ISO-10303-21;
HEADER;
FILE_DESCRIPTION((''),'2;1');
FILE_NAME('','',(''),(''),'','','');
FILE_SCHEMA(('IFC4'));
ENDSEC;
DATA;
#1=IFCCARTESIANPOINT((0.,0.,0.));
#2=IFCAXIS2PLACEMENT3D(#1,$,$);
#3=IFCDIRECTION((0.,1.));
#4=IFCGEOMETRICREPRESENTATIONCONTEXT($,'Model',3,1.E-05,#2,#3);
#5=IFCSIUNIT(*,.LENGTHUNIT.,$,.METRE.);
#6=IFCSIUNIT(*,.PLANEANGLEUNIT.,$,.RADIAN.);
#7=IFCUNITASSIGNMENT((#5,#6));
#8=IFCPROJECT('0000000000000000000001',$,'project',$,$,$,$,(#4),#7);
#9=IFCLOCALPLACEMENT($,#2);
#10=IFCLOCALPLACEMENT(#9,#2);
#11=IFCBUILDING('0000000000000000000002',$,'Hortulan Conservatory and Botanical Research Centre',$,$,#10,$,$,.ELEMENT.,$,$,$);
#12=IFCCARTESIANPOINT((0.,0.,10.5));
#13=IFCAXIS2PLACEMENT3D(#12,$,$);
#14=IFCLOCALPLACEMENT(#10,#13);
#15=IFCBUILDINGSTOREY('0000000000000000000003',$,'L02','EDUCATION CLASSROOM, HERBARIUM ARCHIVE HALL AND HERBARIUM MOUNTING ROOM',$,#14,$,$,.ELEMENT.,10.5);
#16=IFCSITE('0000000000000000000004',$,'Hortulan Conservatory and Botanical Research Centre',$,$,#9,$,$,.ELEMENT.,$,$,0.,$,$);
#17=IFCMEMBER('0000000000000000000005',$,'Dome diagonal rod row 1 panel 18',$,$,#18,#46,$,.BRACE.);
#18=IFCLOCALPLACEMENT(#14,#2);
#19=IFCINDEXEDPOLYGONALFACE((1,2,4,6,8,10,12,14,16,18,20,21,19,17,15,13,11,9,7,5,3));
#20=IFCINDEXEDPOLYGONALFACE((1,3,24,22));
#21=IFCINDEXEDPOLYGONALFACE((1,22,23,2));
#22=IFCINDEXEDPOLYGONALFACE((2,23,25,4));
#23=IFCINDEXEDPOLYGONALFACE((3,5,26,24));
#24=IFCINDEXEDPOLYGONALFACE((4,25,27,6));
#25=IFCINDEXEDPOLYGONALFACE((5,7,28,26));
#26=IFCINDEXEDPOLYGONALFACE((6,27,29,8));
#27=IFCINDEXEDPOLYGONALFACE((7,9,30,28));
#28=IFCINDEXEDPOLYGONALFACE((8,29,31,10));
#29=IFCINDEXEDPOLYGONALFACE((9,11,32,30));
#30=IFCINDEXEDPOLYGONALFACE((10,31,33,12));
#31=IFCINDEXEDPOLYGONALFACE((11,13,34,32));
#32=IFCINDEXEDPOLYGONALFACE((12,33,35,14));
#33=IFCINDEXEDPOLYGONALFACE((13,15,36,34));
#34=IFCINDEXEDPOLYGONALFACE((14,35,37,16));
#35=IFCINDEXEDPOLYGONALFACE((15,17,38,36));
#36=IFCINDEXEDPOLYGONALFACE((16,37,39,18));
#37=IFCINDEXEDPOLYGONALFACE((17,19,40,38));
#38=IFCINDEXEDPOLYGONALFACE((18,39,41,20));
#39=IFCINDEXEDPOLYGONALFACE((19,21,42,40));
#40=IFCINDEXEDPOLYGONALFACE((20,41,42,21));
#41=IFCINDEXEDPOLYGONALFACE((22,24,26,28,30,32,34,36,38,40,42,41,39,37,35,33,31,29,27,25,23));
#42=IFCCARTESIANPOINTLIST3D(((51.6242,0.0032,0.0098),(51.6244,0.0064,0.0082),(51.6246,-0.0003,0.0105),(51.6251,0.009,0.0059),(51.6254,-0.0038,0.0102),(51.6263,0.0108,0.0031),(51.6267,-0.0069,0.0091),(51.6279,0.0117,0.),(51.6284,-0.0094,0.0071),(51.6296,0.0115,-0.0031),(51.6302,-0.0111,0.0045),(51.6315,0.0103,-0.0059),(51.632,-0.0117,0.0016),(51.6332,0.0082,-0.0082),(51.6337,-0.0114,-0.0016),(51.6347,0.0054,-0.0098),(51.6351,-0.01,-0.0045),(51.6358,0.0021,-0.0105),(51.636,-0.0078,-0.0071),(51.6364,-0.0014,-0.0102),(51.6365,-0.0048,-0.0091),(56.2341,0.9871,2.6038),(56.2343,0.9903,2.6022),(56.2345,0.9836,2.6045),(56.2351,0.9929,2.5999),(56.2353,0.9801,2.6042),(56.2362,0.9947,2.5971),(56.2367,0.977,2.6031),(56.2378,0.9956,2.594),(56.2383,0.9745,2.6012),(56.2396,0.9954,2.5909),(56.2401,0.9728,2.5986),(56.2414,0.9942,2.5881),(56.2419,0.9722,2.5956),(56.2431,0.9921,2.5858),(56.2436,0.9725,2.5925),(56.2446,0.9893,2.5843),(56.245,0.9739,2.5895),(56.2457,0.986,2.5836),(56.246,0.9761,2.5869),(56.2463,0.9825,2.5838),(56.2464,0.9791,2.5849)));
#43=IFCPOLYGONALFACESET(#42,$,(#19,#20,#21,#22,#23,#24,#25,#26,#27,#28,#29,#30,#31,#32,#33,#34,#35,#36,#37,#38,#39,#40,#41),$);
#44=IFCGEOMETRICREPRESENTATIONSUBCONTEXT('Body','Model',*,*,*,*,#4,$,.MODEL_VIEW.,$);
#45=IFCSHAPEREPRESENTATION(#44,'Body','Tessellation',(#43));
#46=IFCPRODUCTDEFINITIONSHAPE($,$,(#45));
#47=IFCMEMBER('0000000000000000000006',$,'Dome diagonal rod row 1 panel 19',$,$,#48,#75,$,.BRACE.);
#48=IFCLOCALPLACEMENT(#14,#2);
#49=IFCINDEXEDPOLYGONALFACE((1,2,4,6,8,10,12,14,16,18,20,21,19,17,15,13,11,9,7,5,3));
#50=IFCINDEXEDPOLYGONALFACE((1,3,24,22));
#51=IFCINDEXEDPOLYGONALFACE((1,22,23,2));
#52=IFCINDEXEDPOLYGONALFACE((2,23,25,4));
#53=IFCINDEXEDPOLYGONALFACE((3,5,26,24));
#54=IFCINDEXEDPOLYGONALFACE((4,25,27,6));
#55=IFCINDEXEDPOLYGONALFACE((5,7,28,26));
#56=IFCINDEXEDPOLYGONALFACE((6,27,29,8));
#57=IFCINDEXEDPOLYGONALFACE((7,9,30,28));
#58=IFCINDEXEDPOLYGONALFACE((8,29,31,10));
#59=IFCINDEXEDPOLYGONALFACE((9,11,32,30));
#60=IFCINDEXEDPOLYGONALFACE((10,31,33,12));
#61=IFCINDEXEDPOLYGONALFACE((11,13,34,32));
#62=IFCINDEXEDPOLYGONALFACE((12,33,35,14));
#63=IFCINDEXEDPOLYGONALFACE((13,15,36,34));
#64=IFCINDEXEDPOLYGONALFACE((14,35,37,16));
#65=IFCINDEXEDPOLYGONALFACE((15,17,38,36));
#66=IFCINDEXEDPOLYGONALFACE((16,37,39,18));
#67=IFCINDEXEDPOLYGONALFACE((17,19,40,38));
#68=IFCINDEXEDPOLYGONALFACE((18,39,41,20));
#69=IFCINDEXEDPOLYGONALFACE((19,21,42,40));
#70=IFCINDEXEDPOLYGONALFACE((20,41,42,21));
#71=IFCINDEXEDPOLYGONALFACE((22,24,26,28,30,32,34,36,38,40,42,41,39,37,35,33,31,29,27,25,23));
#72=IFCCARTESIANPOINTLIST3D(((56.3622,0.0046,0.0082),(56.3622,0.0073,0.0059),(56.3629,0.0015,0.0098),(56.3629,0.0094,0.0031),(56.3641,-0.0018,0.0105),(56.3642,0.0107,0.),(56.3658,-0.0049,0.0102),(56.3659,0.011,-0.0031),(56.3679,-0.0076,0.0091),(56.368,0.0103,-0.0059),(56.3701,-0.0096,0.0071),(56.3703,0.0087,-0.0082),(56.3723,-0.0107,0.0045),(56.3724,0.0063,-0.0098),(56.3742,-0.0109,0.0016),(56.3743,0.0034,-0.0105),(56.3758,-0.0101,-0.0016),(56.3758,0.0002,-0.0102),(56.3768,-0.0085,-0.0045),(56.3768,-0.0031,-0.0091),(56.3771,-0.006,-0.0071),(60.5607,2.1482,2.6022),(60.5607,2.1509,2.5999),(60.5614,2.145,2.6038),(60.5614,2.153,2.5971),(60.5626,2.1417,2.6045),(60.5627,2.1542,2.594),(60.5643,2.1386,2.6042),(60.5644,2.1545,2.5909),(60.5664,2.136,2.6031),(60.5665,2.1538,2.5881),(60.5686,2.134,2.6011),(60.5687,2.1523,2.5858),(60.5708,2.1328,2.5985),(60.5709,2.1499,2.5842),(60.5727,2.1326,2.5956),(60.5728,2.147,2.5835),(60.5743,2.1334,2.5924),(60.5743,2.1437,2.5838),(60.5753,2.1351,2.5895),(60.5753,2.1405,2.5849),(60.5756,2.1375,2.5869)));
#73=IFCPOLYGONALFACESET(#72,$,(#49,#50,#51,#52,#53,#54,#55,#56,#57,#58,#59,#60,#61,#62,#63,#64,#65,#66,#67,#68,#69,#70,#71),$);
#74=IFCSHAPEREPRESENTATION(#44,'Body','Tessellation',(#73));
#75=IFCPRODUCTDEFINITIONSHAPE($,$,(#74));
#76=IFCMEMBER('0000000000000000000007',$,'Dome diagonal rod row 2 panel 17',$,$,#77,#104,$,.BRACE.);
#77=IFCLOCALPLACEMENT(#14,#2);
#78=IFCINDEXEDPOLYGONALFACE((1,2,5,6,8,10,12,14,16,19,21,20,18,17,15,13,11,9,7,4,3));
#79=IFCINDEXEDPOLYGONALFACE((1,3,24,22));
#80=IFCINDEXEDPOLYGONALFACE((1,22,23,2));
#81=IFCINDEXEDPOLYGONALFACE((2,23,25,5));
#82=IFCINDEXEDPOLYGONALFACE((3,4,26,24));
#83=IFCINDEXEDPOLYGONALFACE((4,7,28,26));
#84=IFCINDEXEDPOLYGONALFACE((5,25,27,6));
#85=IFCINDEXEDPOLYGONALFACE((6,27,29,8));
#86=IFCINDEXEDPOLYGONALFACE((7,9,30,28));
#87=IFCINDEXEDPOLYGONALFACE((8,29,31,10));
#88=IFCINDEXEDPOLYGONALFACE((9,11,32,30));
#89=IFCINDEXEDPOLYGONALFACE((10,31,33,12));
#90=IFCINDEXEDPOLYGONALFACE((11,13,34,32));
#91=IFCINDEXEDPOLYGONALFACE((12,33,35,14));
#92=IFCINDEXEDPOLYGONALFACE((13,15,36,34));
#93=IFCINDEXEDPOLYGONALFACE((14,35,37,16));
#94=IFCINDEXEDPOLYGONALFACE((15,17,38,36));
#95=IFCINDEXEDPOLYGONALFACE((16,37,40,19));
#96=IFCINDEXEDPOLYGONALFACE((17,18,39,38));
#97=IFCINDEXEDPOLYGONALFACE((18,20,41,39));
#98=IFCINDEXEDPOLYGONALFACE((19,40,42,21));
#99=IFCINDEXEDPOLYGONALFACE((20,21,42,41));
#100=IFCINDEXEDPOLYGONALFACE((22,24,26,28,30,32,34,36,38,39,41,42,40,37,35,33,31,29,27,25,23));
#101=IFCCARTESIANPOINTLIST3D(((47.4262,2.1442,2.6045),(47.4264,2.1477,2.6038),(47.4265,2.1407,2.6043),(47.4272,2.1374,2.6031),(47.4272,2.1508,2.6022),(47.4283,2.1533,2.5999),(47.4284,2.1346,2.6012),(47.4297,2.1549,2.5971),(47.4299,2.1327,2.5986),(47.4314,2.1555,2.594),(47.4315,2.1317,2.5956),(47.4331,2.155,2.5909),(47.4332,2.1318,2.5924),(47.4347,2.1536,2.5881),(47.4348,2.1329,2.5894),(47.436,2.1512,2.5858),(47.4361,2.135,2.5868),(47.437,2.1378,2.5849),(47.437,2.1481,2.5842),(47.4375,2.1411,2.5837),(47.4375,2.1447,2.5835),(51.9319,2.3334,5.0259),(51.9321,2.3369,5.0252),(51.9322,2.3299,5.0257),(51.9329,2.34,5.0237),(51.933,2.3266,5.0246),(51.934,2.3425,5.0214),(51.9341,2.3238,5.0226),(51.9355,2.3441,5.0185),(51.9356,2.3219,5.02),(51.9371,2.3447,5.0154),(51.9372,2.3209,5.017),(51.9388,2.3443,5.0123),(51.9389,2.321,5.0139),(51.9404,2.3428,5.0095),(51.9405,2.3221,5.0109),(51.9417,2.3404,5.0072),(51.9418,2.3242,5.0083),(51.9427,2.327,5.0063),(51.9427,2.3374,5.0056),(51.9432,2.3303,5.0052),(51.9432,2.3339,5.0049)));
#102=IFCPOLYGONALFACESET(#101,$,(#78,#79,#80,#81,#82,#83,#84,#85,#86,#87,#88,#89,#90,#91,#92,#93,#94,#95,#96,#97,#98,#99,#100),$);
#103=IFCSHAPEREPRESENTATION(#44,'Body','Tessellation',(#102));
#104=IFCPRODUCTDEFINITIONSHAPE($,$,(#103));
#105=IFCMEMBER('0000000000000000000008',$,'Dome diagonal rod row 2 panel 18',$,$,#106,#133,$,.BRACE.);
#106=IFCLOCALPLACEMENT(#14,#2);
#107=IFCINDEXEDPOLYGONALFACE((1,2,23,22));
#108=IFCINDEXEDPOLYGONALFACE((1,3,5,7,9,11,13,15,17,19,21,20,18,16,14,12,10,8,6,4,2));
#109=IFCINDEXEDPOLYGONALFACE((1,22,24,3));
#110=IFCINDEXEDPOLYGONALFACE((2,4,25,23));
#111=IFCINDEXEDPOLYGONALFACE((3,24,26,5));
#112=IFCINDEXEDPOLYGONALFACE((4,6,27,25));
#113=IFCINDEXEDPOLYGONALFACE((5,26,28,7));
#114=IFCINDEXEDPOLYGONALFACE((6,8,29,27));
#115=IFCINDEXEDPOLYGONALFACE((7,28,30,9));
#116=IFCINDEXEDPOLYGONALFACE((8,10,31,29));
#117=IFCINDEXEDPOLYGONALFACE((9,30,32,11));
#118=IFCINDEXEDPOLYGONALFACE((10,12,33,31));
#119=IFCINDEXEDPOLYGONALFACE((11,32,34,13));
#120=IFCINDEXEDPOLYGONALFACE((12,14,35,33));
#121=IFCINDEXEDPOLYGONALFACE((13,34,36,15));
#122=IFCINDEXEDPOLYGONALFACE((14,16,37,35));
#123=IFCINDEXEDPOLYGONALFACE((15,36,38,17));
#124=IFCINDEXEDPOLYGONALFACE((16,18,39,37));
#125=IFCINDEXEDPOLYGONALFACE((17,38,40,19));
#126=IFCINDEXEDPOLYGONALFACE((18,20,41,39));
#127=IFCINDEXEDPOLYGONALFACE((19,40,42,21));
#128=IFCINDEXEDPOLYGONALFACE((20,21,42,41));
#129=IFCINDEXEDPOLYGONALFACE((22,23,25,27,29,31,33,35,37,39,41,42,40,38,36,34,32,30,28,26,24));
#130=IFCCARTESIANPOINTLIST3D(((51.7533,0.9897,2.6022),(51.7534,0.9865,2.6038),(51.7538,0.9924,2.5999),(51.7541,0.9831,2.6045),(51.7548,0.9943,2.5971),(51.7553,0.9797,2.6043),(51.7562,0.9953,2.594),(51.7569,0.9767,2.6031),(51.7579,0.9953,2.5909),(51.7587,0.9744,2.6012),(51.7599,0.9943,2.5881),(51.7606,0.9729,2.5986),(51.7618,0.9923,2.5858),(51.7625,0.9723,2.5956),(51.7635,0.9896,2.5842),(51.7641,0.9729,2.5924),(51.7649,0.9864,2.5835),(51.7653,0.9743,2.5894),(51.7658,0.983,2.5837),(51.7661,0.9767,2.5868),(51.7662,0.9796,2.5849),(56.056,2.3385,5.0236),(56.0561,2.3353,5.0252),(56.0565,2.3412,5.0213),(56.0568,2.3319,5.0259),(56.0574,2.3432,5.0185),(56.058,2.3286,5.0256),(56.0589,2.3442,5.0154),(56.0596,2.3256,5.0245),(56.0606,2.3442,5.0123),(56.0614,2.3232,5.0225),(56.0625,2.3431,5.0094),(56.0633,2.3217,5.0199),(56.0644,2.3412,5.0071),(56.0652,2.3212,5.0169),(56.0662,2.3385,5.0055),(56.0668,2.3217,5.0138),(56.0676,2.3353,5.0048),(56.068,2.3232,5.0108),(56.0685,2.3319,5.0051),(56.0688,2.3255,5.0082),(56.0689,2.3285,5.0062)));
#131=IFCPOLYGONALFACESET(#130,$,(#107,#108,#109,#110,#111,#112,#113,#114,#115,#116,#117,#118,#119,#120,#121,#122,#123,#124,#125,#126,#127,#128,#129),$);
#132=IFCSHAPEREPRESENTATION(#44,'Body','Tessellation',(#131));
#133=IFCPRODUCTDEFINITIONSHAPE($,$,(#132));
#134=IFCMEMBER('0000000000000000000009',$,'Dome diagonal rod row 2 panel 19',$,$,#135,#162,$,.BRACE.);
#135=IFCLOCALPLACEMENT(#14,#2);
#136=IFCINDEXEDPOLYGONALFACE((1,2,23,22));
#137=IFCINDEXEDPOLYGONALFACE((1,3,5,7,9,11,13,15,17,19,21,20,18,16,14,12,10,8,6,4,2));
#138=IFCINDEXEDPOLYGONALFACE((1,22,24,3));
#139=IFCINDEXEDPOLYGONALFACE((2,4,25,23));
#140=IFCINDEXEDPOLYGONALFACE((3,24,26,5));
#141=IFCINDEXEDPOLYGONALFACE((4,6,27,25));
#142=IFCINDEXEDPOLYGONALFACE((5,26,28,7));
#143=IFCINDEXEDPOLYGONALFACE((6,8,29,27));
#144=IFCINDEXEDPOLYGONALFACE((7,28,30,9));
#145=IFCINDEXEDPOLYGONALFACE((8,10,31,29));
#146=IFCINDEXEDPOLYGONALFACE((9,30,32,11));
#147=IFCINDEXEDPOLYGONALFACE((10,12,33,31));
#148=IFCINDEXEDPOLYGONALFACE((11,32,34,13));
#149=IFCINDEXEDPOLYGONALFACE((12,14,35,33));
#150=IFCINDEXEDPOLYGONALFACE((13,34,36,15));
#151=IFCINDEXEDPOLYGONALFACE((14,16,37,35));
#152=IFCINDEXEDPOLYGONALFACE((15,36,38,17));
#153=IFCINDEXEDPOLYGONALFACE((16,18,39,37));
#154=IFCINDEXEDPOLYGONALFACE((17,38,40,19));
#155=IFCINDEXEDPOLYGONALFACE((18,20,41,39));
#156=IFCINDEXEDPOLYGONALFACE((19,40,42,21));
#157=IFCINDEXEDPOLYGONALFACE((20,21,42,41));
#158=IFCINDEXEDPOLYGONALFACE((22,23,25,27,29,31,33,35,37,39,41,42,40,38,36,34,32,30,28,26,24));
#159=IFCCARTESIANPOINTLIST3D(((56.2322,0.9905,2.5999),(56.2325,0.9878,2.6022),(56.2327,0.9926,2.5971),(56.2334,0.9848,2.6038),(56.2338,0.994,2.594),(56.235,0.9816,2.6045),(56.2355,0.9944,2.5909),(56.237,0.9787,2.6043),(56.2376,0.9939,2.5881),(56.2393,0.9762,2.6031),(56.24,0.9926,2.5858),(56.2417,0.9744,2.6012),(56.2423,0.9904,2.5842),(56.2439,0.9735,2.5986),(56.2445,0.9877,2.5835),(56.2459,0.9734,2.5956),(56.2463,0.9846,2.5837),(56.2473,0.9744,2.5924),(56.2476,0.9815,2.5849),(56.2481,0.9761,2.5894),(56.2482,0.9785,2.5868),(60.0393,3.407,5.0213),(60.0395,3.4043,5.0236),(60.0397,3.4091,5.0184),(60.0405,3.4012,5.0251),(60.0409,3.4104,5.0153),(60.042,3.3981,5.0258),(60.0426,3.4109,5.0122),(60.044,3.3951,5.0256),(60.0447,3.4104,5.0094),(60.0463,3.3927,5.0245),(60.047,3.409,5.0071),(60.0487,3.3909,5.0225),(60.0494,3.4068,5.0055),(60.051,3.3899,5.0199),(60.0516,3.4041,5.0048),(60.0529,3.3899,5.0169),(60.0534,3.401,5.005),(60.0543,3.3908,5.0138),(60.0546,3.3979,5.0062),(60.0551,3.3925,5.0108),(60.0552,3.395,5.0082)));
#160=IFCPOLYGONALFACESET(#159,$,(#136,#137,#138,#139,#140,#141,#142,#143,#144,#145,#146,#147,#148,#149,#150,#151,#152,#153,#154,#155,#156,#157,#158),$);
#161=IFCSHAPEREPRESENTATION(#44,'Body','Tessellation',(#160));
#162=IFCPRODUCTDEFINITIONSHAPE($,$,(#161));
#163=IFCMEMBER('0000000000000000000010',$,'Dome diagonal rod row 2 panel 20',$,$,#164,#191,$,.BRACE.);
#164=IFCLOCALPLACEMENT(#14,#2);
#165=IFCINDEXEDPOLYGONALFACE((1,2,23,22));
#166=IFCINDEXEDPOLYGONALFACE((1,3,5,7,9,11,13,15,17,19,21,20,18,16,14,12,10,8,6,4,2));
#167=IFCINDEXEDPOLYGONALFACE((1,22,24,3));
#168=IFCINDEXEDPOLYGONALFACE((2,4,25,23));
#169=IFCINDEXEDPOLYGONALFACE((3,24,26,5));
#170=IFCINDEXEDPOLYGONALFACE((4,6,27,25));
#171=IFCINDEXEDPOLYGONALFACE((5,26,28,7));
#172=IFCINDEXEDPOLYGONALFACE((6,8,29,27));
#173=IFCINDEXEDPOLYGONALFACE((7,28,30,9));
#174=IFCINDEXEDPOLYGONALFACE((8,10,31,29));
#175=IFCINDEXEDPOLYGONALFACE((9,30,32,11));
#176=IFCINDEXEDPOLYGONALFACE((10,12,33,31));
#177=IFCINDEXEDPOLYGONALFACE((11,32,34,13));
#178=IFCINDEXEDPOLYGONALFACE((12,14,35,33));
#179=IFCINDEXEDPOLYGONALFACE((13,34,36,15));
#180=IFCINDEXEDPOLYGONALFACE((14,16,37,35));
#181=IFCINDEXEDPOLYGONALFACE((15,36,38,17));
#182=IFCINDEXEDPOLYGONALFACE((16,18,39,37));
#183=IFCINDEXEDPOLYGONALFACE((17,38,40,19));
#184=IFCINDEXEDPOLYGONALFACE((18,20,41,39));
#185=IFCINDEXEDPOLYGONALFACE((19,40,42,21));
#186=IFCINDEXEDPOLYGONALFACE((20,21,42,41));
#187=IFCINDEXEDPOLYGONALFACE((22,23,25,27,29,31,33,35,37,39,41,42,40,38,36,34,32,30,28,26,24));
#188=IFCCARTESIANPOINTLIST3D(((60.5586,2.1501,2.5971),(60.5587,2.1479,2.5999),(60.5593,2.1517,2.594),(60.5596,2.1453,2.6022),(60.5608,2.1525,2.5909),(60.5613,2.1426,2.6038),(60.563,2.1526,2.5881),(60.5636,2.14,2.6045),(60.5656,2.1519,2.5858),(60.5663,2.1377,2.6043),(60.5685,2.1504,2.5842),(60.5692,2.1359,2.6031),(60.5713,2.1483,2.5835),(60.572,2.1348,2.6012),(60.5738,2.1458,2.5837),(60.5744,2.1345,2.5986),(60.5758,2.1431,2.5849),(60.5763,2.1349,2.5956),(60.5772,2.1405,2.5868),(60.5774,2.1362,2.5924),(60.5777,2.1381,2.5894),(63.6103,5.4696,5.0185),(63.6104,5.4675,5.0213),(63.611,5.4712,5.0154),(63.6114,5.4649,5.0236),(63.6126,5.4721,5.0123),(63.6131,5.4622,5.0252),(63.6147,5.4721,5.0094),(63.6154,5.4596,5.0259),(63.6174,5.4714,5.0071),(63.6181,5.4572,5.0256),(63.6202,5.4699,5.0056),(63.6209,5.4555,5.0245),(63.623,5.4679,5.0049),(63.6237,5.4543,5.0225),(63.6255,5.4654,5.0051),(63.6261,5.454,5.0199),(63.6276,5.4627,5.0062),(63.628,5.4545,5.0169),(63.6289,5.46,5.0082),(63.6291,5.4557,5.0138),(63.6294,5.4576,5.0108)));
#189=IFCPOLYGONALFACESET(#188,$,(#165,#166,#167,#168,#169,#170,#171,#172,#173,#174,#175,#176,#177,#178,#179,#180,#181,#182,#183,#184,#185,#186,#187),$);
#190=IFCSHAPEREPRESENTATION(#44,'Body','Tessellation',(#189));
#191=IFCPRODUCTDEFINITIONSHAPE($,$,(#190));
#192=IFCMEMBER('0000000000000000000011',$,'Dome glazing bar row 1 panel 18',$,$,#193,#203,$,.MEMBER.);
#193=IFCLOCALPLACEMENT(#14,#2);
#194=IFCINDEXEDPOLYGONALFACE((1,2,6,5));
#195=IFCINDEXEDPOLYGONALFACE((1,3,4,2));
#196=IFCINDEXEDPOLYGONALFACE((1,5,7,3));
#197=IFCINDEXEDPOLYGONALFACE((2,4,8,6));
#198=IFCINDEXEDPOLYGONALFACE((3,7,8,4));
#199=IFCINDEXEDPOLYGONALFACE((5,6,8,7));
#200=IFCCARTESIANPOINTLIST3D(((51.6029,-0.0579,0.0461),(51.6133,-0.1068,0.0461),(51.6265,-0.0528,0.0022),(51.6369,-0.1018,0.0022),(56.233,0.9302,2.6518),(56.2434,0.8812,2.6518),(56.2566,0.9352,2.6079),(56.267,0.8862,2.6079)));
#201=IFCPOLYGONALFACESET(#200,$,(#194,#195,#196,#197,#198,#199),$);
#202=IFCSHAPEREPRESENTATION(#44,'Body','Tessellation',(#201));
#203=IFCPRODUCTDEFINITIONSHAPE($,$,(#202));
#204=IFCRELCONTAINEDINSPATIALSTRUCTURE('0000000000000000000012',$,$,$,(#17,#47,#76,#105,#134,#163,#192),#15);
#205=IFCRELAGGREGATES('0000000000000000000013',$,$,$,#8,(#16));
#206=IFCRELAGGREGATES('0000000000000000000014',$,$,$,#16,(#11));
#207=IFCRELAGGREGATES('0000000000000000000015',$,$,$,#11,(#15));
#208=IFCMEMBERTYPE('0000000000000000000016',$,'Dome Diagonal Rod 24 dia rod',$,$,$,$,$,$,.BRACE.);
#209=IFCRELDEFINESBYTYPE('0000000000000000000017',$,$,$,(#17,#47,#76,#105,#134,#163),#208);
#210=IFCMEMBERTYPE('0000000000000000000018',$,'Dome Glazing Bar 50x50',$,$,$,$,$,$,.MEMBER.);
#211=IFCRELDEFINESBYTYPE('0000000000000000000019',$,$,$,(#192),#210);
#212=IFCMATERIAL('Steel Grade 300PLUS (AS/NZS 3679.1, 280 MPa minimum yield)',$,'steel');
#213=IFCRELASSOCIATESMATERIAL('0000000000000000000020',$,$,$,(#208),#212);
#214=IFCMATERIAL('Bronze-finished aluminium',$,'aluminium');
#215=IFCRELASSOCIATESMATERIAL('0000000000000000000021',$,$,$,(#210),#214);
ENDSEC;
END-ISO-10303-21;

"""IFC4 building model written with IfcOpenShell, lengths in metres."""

from ifc_helpers import new_model, si_unit, direction, frame, origin, origin_2d, place, context, subcontext, project, spatial, rectangle, circle, extrude, material, material_profile, profile_set, type_object, element, save


model = new_model("IFC4")

# Units and contexts
model_context = context("Model", 3, precision=1e-05, world=origin(), true_north=direction((0.0, 1.0)))
body_context = subcontext(model_context, "Body", "Model", "MODEL_VIEW")
ifc_project = project(units=[si_unit("LENGTHUNIT", "METRE"), si_unit("PLANEANGLEUNIT", "RADIAN")], contexts=[model_context])

# Site, building, storey
site_placement = place(None, origin())
site = spatial("IfcSite", under=ifc_project, at=site_placement, Name="Hortulan Conservatory and Botanical Research Centre", CompositionType="ELEMENT", RefElevation=0.0)
building_placement = place(site_placement, origin())
building = spatial("IfcBuilding", under=site, at=building_placement, Name="Hortulan Conservatory and Botanical Research Centre", CompositionType="ELEMENT")
storey_placement = place(building_placement, frame((0.0, 0.0, 10.5)))
storey = spatial("IfcBuildingStorey", under=building, at=storey_placement, Name="L02", Description="EDUCATION CLASSROOM, HERBARIUM ARCHIVE HALL AND HERBARIUM MOUNTING ROOM", CompositionType="ELEMENT", Elevation=10.5)

# Members
ifc_material_1 = material(Name="Steel Grade 300PLUS (AS/NZS 3679.1, 280 MPa minimum yield)", Category="steel")
ifc_material_profile_1 = material_profile(ifc_material_1, circle(Radius=0.012, at=origin_2d()), Name="24 dia rod")
ifc_profile_set_1 = profile_set([ifc_material_profile_1], Name="Steel Grade 300PLUS (AS/NZS 3679.1, 280 MPa minimum yield)")
member_type_1 = type_object("IfcMemberType", Name="Dome Diagonal Rod 24 dia rod", PredefinedType="BRACE", material=ifc_profile_set_1)
member_1_placement = place(storey_placement, frame((51.6304, 0.0, 0.0), z_axis=(0.856803, 0.182868, 0.482128), x_axis=(-0.20873, 0.977973, 0.0)))
element("IfcMember", 1, at=member_1_placement, inside=storey, type_object=member_type_1, Name="Dome diagonal rod row 1 panel 18", PredefinedType="BRACE", context=body_context, shape_type="SweptSolid", body=[
    extrude(circle(Radius=0.012, at=origin_2d()), origin(), (0.0, 0.0, 1.0), 5.3804),
])
member_2_placement = place(storey_placement, frame((56.3696, 0.0, 0.0), z_axis=(0.7803, 0.398385, 0.482101), x_axis=(-0.454718, 0.890636, 0.0)))
element("IfcMember", 2, at=member_2_placement, inside=storey, type_object=member_type_1, Name="Dome diagonal rod row 1 panel 19", PredefinedType="BRACE", context=body_context, shape_type="SweptSolid", body=[
    extrude(circle(Radius=0.012, at=origin_2d()), origin(), (0.0, 0.0, 1.0), 5.3806),
])
member_3_placement = place(storey_placement, frame((47.4319, 2.1436, 2.594), z_axis=(0.880253, 0.036965, 0.473062), x_axis=(-0.041957, 0.999119, 0.0)))
element("IfcMember", 3, at=member_3_placement, inside=storey, type_object=member_type_1, Name="Dome diagonal rod row 2 panel 17", PredefinedType="BRACE", context=body_context, shape_type="SweptSolid", body=[
    extrude(circle(Radius=0.012, at=origin_2d()), origin(), (0.0, 0.0, 1.0), 5.1187),
])
for number, where, z_axis, x_axis, name in (
    (4, (51.7598, 0.9839, 2.594), (0.840671, 0.263545, 0.473092), (-0.299138, 0.95421, 0.0), "Dome diagonal rod row 2 panel 18"),
    (5, (56.2402, 0.9839, 2.594), (0.743829, 0.472132, 0.473086), (-0.535894, 0.844285, 0.0), "Dome diagonal rod row 2 panel 19"),
    (6, (60.5681, 2.1436, 2.594), (0.596256, 0.648584, 0.473094), (-0.73618, 0.676786, 0.0), "Dome diagonal rod row 2 panel 20"),
):
    element("IfcMember", number, at=place(storey_placement, frame(where, z_axis=z_axis, x_axis=x_axis)), inside=storey, type_object=member_type_1, Name=name, PredefinedType="BRACE", context=body_context, shape_type="SweptSolid", body=[
        extrude(circle(Radius=0.012, at=origin_2d()), origin(), (0.0, 0.0, 1.0), 5.1182),
    ])
ifc_material_2 = material(Name="Bronze-finished aluminium", Category="aluminium")
ifc_material_profile_2 = material_profile(ifc_material_2, rectangle(XDim=0.05, YDim=0.05, at=origin_2d()), Name="Square bar 50x50")
ifc_profile_set_2 = profile_set([ifc_material_profile_2], Name="Bronze-finished aluminium")
member_type_2 = type_object("IfcMemberType", Name="Dome Glazing Bar 50x50", PredefinedType="MEMBER", material=ifc_profile_set_2)
member_4_placement = place(storey_placement, frame((51.6199, -0.0798, 0.0242), z_axis=(0.856784, 0.182832, 0.482176), x_axis=(-0.208694, 0.977981, 0.0)))
element("IfcMember", 7, at=member_4_placement, inside=storey, type_object=member_type_2, Name="Dome glazing bar row 1 panel 18", PredefinedType="MEMBER", context=body_context, shape_type="SweptSolid", body=[
    extrude(rectangle(XDim=0.05, YDim=0.05, at=origin_2d()), origin(), (0.0, 0.0, 1.0), 5.4041),
])

save(model, "model.ifc")
